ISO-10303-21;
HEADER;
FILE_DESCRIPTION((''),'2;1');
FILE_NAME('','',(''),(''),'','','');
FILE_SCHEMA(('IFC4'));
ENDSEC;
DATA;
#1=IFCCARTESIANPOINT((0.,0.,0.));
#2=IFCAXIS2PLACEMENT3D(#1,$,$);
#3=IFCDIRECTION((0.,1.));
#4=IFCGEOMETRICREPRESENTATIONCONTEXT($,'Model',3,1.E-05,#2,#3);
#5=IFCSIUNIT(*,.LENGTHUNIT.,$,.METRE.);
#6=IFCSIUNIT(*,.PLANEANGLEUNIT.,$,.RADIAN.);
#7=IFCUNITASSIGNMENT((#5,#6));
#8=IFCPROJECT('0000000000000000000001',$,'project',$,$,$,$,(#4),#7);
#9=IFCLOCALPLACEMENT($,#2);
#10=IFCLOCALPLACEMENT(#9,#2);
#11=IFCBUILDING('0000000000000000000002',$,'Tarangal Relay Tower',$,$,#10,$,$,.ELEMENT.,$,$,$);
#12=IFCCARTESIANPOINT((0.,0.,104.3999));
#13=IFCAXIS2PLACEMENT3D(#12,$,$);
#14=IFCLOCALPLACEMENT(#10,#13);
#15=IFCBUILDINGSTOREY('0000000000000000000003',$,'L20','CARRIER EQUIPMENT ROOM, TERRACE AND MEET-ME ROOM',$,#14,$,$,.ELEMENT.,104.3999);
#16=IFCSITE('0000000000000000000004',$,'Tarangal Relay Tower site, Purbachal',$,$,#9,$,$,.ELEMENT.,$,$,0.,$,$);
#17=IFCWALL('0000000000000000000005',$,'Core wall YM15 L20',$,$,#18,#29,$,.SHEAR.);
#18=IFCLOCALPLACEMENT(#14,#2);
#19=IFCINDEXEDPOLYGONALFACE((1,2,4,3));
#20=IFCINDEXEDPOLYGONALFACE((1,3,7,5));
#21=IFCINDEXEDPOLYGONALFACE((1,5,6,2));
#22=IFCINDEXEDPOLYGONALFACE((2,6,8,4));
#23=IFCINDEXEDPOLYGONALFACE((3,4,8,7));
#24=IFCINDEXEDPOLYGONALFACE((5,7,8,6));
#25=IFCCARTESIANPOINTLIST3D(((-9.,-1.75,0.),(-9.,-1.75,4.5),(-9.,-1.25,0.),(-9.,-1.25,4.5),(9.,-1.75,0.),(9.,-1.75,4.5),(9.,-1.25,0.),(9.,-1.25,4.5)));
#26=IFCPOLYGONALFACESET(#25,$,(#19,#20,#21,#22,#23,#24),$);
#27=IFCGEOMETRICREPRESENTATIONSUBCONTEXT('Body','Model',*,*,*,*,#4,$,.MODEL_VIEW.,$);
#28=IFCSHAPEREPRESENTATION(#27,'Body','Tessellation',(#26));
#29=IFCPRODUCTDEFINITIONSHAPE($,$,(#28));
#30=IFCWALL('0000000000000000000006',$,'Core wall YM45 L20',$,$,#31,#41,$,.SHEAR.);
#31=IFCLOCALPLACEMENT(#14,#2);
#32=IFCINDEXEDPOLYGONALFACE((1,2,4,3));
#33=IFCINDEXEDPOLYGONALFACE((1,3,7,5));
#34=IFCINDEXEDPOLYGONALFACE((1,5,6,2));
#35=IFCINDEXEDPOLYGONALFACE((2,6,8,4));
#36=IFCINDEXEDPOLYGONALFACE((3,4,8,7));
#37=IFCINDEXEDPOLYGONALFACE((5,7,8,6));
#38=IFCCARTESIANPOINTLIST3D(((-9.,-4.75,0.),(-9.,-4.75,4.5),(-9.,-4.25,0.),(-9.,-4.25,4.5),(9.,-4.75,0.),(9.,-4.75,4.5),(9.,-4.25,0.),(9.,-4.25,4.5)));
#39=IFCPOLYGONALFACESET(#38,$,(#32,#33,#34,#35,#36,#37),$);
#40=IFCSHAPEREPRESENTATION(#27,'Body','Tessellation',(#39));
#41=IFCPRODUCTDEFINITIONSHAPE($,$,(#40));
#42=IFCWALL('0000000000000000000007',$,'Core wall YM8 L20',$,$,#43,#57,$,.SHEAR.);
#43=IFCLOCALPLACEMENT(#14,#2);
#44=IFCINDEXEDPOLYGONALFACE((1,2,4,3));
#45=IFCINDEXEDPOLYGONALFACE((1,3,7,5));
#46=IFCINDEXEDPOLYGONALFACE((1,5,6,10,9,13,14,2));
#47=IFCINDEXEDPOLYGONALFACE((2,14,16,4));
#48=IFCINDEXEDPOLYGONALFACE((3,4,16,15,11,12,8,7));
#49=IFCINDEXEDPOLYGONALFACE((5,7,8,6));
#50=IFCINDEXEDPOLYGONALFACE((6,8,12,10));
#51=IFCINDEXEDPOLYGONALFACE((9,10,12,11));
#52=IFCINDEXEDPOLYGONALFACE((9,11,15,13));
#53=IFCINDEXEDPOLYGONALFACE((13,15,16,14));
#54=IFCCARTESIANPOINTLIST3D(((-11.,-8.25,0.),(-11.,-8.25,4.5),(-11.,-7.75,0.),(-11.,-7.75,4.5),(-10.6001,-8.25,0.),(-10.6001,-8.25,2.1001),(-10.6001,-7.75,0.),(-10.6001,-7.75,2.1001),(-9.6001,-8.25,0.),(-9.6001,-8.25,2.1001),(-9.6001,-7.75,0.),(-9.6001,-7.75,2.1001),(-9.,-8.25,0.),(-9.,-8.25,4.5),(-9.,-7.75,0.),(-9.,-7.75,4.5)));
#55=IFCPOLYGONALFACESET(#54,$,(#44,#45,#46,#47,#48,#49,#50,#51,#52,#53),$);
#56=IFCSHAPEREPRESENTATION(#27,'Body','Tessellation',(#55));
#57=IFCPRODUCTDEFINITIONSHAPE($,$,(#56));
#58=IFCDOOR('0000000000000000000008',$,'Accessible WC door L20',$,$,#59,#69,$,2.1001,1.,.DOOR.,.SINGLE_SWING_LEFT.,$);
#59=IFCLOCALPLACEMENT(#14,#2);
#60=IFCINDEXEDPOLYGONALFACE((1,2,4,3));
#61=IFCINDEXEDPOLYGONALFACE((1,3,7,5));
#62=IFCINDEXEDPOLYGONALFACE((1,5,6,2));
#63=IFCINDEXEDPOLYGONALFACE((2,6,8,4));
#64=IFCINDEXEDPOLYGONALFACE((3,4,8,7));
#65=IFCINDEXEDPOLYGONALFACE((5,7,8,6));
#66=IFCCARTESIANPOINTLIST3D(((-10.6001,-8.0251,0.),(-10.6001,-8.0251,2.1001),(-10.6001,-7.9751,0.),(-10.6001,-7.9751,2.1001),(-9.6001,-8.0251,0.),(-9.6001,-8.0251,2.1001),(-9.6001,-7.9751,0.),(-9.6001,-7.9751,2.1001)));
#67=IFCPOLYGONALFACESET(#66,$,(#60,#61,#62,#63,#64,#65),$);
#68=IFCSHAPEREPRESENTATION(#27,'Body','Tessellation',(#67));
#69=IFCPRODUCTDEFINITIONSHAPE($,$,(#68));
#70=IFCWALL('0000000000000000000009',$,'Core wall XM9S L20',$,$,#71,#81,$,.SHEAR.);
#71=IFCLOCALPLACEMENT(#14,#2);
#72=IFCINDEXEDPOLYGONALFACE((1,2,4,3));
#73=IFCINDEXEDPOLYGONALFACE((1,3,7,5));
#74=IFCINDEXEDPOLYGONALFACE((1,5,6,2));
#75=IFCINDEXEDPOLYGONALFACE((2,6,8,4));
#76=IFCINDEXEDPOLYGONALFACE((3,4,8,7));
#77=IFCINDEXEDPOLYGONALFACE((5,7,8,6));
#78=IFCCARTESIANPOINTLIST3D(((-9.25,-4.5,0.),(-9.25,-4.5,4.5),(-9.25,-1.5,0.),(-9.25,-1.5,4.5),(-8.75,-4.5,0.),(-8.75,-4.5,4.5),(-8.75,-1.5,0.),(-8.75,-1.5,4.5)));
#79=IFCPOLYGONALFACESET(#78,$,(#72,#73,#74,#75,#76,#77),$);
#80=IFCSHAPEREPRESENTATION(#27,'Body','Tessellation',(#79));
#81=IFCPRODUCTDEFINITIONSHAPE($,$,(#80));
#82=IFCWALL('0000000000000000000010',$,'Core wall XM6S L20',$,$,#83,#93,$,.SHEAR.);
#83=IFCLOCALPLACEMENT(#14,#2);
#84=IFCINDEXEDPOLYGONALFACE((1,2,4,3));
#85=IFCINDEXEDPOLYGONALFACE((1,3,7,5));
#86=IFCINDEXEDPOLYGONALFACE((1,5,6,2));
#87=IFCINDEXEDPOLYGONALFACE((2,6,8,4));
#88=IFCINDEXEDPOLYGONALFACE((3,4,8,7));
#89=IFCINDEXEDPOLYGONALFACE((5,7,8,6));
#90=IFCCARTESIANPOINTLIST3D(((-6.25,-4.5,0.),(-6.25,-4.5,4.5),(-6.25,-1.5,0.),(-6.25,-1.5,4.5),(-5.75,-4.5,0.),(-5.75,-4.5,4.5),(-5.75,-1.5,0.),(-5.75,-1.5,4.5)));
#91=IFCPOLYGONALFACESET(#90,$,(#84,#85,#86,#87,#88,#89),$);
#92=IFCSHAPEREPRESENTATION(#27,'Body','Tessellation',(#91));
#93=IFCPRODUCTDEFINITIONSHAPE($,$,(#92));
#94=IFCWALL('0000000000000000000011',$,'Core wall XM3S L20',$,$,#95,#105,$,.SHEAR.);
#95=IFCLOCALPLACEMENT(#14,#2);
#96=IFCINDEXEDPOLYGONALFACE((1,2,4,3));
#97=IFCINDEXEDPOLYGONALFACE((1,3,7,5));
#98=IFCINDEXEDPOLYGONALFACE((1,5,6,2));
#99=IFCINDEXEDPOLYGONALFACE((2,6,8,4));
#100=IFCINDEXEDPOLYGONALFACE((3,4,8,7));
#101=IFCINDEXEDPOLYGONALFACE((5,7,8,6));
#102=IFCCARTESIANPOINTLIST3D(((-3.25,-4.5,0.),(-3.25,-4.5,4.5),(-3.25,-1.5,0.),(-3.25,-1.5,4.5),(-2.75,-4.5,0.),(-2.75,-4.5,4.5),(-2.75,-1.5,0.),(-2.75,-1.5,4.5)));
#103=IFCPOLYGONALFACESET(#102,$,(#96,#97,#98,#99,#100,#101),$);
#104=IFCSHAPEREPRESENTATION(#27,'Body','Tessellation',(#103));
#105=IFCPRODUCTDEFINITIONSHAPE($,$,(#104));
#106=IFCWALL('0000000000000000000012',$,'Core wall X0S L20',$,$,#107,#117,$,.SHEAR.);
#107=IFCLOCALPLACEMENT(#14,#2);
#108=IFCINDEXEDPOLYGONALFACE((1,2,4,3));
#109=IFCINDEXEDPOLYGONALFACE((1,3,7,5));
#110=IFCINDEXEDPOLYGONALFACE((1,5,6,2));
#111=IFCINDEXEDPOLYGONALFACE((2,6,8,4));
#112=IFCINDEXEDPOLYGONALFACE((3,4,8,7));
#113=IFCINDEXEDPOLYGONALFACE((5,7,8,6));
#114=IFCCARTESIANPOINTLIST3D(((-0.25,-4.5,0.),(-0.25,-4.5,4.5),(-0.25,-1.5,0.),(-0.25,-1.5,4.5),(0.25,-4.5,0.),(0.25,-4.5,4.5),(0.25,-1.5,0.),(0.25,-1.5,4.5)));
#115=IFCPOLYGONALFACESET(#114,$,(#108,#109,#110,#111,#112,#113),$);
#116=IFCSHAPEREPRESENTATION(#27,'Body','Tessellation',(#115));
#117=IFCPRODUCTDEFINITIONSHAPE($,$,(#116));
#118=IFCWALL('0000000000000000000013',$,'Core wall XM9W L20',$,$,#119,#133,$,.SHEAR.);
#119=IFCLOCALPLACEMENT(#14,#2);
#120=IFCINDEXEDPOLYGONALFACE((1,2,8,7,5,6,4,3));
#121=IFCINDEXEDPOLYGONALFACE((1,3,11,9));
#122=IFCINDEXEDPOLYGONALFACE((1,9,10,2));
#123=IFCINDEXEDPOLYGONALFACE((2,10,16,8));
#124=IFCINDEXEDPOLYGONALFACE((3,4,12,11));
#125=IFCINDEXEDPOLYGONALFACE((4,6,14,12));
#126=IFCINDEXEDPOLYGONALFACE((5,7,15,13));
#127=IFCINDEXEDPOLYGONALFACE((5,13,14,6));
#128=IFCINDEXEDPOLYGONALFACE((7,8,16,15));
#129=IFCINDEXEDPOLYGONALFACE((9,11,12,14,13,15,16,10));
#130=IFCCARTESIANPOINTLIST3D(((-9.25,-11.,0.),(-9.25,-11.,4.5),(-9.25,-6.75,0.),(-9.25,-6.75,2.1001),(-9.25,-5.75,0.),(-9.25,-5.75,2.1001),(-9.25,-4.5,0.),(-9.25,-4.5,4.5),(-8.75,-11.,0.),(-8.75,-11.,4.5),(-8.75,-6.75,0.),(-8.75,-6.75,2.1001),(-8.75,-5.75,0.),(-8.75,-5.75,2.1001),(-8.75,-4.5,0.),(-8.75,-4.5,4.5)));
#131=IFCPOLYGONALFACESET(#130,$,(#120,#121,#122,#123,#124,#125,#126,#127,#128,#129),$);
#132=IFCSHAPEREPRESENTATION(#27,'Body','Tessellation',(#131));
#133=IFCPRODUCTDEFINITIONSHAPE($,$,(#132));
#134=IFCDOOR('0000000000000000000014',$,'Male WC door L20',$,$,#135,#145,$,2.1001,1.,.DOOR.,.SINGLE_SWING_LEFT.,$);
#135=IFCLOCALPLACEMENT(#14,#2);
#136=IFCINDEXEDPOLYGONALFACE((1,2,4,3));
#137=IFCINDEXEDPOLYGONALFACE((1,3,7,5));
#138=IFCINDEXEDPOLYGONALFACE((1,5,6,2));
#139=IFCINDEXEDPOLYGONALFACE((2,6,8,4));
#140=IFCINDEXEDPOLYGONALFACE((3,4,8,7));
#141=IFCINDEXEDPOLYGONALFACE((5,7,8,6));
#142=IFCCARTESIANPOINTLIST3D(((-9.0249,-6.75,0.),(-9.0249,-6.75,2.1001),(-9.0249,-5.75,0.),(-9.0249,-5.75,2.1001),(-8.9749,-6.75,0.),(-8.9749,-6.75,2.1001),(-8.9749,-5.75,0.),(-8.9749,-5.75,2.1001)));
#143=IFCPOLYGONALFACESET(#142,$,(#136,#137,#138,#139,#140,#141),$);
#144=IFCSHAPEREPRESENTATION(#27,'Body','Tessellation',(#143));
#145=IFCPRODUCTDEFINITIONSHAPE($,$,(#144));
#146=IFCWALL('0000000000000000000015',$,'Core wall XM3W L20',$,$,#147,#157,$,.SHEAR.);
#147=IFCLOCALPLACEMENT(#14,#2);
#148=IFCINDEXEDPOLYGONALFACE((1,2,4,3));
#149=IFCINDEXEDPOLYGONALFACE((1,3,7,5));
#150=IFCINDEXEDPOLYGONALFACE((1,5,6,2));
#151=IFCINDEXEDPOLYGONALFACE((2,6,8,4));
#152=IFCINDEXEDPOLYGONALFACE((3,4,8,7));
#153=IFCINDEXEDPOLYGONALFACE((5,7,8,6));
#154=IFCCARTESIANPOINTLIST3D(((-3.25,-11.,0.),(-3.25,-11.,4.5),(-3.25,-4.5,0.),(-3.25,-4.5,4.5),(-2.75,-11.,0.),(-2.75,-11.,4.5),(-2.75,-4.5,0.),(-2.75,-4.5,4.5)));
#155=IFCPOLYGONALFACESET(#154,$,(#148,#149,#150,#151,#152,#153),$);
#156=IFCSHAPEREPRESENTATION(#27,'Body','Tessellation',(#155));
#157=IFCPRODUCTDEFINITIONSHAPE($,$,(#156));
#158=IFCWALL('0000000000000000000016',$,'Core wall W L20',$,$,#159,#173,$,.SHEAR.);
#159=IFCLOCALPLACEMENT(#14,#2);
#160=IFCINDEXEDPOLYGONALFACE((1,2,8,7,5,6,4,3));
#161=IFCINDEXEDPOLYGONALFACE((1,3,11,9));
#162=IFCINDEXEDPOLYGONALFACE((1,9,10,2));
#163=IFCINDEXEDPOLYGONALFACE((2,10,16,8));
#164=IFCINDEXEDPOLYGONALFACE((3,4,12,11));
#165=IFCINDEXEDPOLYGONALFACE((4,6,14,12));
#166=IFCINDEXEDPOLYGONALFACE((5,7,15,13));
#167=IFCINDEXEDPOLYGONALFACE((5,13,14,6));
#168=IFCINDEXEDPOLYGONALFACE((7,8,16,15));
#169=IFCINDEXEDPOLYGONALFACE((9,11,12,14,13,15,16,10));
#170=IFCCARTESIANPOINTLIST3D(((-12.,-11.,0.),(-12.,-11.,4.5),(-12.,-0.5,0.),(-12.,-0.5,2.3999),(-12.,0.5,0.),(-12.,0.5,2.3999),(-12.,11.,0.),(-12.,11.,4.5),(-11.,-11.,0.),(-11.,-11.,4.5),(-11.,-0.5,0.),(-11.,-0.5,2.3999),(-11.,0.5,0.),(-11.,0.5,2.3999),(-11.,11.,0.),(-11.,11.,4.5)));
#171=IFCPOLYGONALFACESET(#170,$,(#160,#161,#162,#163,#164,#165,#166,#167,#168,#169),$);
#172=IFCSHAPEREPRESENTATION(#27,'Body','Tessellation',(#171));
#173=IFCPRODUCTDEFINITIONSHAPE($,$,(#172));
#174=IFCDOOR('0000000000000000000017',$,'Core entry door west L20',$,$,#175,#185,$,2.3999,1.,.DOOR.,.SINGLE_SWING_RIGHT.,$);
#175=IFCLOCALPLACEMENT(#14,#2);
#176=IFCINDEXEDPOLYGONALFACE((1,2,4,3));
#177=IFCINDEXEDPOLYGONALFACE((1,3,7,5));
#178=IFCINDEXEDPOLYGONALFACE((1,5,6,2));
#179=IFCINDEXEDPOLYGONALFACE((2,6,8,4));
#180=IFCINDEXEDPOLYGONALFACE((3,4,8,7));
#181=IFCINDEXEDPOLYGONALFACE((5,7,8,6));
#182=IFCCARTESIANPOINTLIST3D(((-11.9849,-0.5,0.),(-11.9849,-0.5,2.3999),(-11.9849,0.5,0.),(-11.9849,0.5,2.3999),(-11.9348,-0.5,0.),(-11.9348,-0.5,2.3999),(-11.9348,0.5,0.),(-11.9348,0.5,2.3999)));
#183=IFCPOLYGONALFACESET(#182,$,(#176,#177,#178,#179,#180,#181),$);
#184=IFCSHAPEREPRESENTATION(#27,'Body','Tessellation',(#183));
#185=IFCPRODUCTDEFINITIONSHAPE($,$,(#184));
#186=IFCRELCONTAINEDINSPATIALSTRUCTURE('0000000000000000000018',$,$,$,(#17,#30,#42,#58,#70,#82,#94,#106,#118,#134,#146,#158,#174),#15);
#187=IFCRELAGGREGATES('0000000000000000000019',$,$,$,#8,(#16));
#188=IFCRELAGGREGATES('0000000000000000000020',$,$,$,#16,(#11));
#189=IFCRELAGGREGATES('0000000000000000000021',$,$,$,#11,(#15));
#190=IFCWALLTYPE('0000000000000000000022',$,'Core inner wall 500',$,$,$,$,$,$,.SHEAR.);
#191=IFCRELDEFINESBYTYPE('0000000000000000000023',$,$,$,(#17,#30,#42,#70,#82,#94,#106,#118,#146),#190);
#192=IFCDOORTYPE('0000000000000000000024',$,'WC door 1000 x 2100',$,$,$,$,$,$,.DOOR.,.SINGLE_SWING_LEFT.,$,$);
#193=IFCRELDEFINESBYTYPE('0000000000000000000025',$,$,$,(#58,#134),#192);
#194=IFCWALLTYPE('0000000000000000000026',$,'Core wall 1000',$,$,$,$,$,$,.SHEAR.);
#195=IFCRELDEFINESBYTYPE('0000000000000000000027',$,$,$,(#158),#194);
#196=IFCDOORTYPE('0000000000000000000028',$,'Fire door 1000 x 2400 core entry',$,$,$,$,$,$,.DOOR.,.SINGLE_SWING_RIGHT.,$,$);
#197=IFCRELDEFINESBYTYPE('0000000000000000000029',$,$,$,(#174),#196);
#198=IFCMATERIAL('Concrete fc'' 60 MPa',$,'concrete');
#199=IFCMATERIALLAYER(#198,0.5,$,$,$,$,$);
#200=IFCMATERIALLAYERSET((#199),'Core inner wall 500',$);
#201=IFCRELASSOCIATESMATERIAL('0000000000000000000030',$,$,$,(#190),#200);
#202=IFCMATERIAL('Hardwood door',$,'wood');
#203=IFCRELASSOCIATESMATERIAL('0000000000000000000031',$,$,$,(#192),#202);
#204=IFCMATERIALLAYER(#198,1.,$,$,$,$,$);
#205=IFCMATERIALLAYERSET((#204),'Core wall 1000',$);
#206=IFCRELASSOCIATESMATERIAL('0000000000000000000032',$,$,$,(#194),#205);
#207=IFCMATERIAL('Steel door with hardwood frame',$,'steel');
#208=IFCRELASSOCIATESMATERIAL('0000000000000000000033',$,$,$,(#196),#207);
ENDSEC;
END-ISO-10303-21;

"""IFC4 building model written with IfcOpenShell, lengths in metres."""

from ifc_helpers import new_model, si_unit, direction, frame, frame_2d, origin, place, context, subcontext, project, spatial, rectangle, extrude, material, layer, layer_set, type_object, element, fill, save


model = new_model("IFC4")

# Units and contexts
model_context = context("Model", 3, precision=1e-05, world=origin(), true_north=direction((0.0, 1.0)))
body_context = subcontext(model_context, "Body", "Model", "MODEL_VIEW")
ifc_project = project(units=[si_unit("LENGTHUNIT", "METRE"), si_unit("PLANEANGLEUNIT", "RADIAN")], contexts=[model_context])

# Site, building, storey
site_placement = place(None, origin())
site = spatial("IfcSite", under=ifc_project, at=site_placement, Name="Tarangal Relay Tower site, Purbachal", CompositionType="ELEMENT", RefElevation=0.0)
building_placement = place(site_placement, origin())
building = spatial("IfcBuilding", under=site, at=building_placement, Name="Tarangal Relay Tower", CompositionType="ELEMENT")
storey_placement = place(building_placement, frame((0.0, 0.0, 104.3999)))
storey = spatial("IfcBuildingStorey", under=building, at=storey_placement, Name="L20", Description="CARRIER EQUIPMENT ROOM, TERRACE AND MEET-ME ROOM", CompositionType="ELEMENT", Elevation=104.3999)

# Walls
ifc_material_1 = material(Name="Concrete fc' 60 MPa", Category="concrete")
ifc_layer_1 = layer(ifc_material_1, 0.5)
ifc_layer_set_1 = layer_set([ifc_layer_1], Name="Core inner wall 500")
wall_type_1 = type_object("IfcWallType", Name="Core inner wall 500", PredefinedType="SHEAR", material=ifc_layer_set_1)
for number, where, z_axis, x_axis, name in (
    (1, (-9.0, -1.5, 0.0), (0.0, 0.0, 1.0), (1.0, 0.0, 0.0), "Core wall YM15 L20"),
    (2, (-9.0, -4.5, 0.0), (0.0, 0.0, 1.0), (1.0, 0.0, 0.0), "Core wall YM45 L20"),
):
    element("IfcWall", number, at=place(storey_placement, frame(where, z_axis=z_axis, x_axis=x_axis)), inside=storey, type_object=wall_type_1, Name=name, PredefinedType="SHEAR", context=body_context, shape_type="SweptSolid", body=[
        extrude(rectangle(XDim=18.0, YDim=0.5, at=frame_2d((9.0, 0.0))), origin(), (0.0, 0.0, 1.0), 4.5),
    ])

# Wall, opening, door
wall_1_placement = place(storey_placement, frame((-11.0, -8.0, 0.0), z_axis=(0.0, 0.0, 1.0), x_axis=(1.0, 0.0, 0.0)))
wall_1 = element("IfcWall", 3, at=wall_1_placement, inside=storey, type_object=wall_type_1, Name="Core wall YM8 L20", PredefinedType="SHEAR", context=body_context, shape_type="SweptSolid", body=[
    extrude(rectangle(XDim=2.0, YDim=0.5, at=frame_2d((1.0, 0.0))), origin(), (0.0, 0.0, 1.0), 4.5),
])
opening_1_placement = place(wall_1_placement, frame((0.3999, 0.0, 0.0)))
opening_1 = element("IfcOpeningElement", 4, at=opening_1_placement, cuts=wall_1, PredefinedType="OPENING", context=body_context, shape_type="SweptSolid", body=[
    extrude(rectangle(XDim=1.0, YDim=2.1001, at=frame_2d((0.5, 1.05))), frame((0.0, 0.26, 0.0), z_axis=(0.0, -1.0, 0.0), x_axis=(1.0, 0.0, 0.0)), (0.0, 0.0, 1.0), 0.52),
])
ifc_material_2 = material(Name="Hardwood door", Category="wood")
door_type_1 = type_object("IfcDoorType", Name="WC door 1000 x 2100", OperationType="SINGLE_SWING_LEFT", PredefinedType="DOOR", material=ifc_material_2)
door_1_placement = place(opening_1_placement, origin())
door_1 = element("IfcDoor", 5, at=door_1_placement, inside=storey, type_object=door_type_1, Name="Accessible WC door L20", OperationType="SINGLE_SWING_LEFT", OverallHeight=2.1001, OverallWidth=1.0, PredefinedType="DOOR", context=body_context, shape_type="SweptSolid", body=[
    extrude(rectangle(XDim=1.0, YDim=2.1001, at=frame_2d((0.5, 1.05))), frame((0.0, 0.0249, 0.0), z_axis=(0.0, -1.0, 0.0), x_axis=(1.0, 0.0, 0.0)), (0.0, 0.0, 1.0), 0.05),
])
fill(opening_1, door_1)

# Walls
for number, where, z_axis, x_axis, name in (
    (6, (-9.0, -4.5, 0.0), (0.0, 0.0, 1.0), (0.0, 1.0, 0.0), "Core wall XM9S L20"),
    (7, (-6.0, -4.5, 0.0), (0.0, 0.0, 1.0), (0.0, 1.0, 0.0), "Core wall XM6S L20"),
    (8, (-3.0, -4.5, 0.0), (0.0, 0.0, 1.0), (0.0, 1.0, 0.0), "Core wall XM3S L20"),
    (9, (0.0, -4.5, 0.0), (0.0, 0.0, 1.0), (0.0, 1.0, 0.0), "Core wall X0S L20"),
):
    element("IfcWall", number, at=place(storey_placement, frame(where, z_axis=z_axis, x_axis=x_axis)), inside=storey, type_object=wall_type_1, Name=name, PredefinedType="SHEAR", context=body_context, shape_type="SweptSolid", body=[
        extrude(rectangle(XDim=3.0, YDim=0.5, at=frame_2d((1.5, 0.0))), origin(), (0.0, 0.0, 1.0), 4.5),
    ])

# Wall, opening, door
wall_2_placement = place(storey_placement, frame((-9.0, -11.0, 0.0), z_axis=(0.0, 0.0, 1.0), x_axis=(0.0, 1.0, 0.0)))
wall_2 = element("IfcWall", 10, at=wall_2_placement, inside=storey, type_object=wall_type_1, Name="Core wall XM9W L20", PredefinedType="SHEAR", context=body_context, shape_type="SweptSolid", body=[
    extrude(rectangle(XDim=6.5, YDim=0.5, at=frame_2d((3.25, 0.0))), origin(), (0.0, 0.0, 1.0), 4.5),
])
opening_2_placement = place(wall_2_placement, frame((4.25, 0.0, 0.0)))
opening_2 = element("IfcOpeningElement", 11, at=opening_2_placement, cuts=wall_2, PredefinedType="OPENING", context=body_context, shape_type="SweptSolid", body=[
    extrude(rectangle(XDim=1.0, YDim=2.1001, at=frame_2d((0.5, 1.05))), frame((0.0, 0.26, 0.0), z_axis=(0.0, -1.0, 0.0), x_axis=(1.0, 0.0, 0.0)), (0.0, 0.0, 1.0), 0.52),
])
door_2_placement = place(opening_2_placement, origin())
door_2 = element("IfcDoor", 12, at=door_2_placement, inside=storey, type_object=door_type_1, Name="Male WC door L20", OperationType="SINGLE_SWING_LEFT", OverallHeight=2.1001, OverallWidth=1.0, PredefinedType="DOOR", context=body_context, shape_type="SweptSolid", body=[
    extrude(rectangle(XDim=1.0, YDim=2.1001, at=frame_2d((0.5, 1.05))), frame((0.0, 0.0249, 0.0), z_axis=(0.0, -1.0, 0.0), x_axis=(1.0, 0.0, 0.0)), (0.0, 0.0, 1.0), 0.05),
])
fill(opening_2, door_2)

# Wall
wall_3_placement = place(storey_placement, frame((-3.0, -11.0, 0.0), z_axis=(0.0, 0.0, 1.0), x_axis=(0.0, 1.0, 0.0)))
element("IfcWall", 13, at=wall_3_placement, inside=storey, type_object=wall_type_1, Name="Core wall XM3W L20", PredefinedType="SHEAR", context=body_context, shape_type="SweptSolid", body=[
    extrude(rectangle(XDim=6.5, YDim=0.5, at=frame_2d((3.25, 0.0))), origin(), (0.0, 0.0, 1.0), 4.5),
])

# Wall, opening, door
ifc_layer_2 = layer(ifc_material_1, 1.0)
ifc_layer_set_2 = layer_set([ifc_layer_2], Name="Core wall 1000")
wall_type_2 = type_object("IfcWallType", Name="Core wall 1000", PredefinedType="SHEAR", material=ifc_layer_set_2)
wall_4_placement = place(storey_placement, frame((-11.5, -11.0, 0.0), z_axis=(0.0, 0.0, 1.0), x_axis=(0.0, 1.0, 0.0)))
wall_4 = element("IfcWall", 14, at=wall_4_placement, inside=storey, type_object=wall_type_2, Name="Core wall W L20", PredefinedType="SHEAR", context=body_context, shape_type="SweptSolid", body=[
    extrude(rectangle(XDim=22.0, YDim=1.0, at=frame_2d((11.0, 0.0))), origin(), (0.0, 0.0, 1.0), 4.5),
])
opening_3_placement = place(wall_4_placement, frame((10.5, 0.0, 0.0)))
opening_3 = element("IfcOpeningElement", 15, at=opening_3_placement, cuts=wall_4, PredefinedType="OPENING", context=body_context, shape_type="SweptSolid", body=[
    extrude(rectangle(XDim=1.0, YDim=2.3999, at=frame_2d((0.5, 1.2))), frame((0.0, 0.51, 0.0), z_axis=(0.0, -1.0, 0.0), x_axis=(1.0, 0.0, 0.0)), (0.0, 0.0, 1.0), 1.02),
])
ifc_material_3 = material(Name="Steel door with hardwood frame", Category="steel")
door_type_2 = type_object("IfcDoorType", Name="Fire door 1000 x 2400 core entry", OperationType="SINGLE_SWING_RIGHT", PredefinedType="DOOR", material=ifc_material_3)
door_3_placement = place(opening_3_placement, origin())
door_3 = element("IfcDoor", 16, at=door_3_placement, inside=storey, type_object=door_type_2, Name="Core entry door west L20", OperationType="SINGLE_SWING_RIGHT", OverallHeight=2.3999, OverallWidth=1.0, PredefinedType="DOOR", context=body_context, shape_type="SweptSolid", body=[
    extrude(rectangle(XDim=1.0, YDim=2.3999, at=frame_2d((0.5, 1.2))), frame((0.0, 0.4849, 0.0), z_axis=(0.0, -1.0, 0.0), x_axis=(1.0, 0.0, 0.0)), (0.0, 0.0, 1.0), 0.05),
])
fill(opening_3, door_3)

save(model, "model.ifc")
